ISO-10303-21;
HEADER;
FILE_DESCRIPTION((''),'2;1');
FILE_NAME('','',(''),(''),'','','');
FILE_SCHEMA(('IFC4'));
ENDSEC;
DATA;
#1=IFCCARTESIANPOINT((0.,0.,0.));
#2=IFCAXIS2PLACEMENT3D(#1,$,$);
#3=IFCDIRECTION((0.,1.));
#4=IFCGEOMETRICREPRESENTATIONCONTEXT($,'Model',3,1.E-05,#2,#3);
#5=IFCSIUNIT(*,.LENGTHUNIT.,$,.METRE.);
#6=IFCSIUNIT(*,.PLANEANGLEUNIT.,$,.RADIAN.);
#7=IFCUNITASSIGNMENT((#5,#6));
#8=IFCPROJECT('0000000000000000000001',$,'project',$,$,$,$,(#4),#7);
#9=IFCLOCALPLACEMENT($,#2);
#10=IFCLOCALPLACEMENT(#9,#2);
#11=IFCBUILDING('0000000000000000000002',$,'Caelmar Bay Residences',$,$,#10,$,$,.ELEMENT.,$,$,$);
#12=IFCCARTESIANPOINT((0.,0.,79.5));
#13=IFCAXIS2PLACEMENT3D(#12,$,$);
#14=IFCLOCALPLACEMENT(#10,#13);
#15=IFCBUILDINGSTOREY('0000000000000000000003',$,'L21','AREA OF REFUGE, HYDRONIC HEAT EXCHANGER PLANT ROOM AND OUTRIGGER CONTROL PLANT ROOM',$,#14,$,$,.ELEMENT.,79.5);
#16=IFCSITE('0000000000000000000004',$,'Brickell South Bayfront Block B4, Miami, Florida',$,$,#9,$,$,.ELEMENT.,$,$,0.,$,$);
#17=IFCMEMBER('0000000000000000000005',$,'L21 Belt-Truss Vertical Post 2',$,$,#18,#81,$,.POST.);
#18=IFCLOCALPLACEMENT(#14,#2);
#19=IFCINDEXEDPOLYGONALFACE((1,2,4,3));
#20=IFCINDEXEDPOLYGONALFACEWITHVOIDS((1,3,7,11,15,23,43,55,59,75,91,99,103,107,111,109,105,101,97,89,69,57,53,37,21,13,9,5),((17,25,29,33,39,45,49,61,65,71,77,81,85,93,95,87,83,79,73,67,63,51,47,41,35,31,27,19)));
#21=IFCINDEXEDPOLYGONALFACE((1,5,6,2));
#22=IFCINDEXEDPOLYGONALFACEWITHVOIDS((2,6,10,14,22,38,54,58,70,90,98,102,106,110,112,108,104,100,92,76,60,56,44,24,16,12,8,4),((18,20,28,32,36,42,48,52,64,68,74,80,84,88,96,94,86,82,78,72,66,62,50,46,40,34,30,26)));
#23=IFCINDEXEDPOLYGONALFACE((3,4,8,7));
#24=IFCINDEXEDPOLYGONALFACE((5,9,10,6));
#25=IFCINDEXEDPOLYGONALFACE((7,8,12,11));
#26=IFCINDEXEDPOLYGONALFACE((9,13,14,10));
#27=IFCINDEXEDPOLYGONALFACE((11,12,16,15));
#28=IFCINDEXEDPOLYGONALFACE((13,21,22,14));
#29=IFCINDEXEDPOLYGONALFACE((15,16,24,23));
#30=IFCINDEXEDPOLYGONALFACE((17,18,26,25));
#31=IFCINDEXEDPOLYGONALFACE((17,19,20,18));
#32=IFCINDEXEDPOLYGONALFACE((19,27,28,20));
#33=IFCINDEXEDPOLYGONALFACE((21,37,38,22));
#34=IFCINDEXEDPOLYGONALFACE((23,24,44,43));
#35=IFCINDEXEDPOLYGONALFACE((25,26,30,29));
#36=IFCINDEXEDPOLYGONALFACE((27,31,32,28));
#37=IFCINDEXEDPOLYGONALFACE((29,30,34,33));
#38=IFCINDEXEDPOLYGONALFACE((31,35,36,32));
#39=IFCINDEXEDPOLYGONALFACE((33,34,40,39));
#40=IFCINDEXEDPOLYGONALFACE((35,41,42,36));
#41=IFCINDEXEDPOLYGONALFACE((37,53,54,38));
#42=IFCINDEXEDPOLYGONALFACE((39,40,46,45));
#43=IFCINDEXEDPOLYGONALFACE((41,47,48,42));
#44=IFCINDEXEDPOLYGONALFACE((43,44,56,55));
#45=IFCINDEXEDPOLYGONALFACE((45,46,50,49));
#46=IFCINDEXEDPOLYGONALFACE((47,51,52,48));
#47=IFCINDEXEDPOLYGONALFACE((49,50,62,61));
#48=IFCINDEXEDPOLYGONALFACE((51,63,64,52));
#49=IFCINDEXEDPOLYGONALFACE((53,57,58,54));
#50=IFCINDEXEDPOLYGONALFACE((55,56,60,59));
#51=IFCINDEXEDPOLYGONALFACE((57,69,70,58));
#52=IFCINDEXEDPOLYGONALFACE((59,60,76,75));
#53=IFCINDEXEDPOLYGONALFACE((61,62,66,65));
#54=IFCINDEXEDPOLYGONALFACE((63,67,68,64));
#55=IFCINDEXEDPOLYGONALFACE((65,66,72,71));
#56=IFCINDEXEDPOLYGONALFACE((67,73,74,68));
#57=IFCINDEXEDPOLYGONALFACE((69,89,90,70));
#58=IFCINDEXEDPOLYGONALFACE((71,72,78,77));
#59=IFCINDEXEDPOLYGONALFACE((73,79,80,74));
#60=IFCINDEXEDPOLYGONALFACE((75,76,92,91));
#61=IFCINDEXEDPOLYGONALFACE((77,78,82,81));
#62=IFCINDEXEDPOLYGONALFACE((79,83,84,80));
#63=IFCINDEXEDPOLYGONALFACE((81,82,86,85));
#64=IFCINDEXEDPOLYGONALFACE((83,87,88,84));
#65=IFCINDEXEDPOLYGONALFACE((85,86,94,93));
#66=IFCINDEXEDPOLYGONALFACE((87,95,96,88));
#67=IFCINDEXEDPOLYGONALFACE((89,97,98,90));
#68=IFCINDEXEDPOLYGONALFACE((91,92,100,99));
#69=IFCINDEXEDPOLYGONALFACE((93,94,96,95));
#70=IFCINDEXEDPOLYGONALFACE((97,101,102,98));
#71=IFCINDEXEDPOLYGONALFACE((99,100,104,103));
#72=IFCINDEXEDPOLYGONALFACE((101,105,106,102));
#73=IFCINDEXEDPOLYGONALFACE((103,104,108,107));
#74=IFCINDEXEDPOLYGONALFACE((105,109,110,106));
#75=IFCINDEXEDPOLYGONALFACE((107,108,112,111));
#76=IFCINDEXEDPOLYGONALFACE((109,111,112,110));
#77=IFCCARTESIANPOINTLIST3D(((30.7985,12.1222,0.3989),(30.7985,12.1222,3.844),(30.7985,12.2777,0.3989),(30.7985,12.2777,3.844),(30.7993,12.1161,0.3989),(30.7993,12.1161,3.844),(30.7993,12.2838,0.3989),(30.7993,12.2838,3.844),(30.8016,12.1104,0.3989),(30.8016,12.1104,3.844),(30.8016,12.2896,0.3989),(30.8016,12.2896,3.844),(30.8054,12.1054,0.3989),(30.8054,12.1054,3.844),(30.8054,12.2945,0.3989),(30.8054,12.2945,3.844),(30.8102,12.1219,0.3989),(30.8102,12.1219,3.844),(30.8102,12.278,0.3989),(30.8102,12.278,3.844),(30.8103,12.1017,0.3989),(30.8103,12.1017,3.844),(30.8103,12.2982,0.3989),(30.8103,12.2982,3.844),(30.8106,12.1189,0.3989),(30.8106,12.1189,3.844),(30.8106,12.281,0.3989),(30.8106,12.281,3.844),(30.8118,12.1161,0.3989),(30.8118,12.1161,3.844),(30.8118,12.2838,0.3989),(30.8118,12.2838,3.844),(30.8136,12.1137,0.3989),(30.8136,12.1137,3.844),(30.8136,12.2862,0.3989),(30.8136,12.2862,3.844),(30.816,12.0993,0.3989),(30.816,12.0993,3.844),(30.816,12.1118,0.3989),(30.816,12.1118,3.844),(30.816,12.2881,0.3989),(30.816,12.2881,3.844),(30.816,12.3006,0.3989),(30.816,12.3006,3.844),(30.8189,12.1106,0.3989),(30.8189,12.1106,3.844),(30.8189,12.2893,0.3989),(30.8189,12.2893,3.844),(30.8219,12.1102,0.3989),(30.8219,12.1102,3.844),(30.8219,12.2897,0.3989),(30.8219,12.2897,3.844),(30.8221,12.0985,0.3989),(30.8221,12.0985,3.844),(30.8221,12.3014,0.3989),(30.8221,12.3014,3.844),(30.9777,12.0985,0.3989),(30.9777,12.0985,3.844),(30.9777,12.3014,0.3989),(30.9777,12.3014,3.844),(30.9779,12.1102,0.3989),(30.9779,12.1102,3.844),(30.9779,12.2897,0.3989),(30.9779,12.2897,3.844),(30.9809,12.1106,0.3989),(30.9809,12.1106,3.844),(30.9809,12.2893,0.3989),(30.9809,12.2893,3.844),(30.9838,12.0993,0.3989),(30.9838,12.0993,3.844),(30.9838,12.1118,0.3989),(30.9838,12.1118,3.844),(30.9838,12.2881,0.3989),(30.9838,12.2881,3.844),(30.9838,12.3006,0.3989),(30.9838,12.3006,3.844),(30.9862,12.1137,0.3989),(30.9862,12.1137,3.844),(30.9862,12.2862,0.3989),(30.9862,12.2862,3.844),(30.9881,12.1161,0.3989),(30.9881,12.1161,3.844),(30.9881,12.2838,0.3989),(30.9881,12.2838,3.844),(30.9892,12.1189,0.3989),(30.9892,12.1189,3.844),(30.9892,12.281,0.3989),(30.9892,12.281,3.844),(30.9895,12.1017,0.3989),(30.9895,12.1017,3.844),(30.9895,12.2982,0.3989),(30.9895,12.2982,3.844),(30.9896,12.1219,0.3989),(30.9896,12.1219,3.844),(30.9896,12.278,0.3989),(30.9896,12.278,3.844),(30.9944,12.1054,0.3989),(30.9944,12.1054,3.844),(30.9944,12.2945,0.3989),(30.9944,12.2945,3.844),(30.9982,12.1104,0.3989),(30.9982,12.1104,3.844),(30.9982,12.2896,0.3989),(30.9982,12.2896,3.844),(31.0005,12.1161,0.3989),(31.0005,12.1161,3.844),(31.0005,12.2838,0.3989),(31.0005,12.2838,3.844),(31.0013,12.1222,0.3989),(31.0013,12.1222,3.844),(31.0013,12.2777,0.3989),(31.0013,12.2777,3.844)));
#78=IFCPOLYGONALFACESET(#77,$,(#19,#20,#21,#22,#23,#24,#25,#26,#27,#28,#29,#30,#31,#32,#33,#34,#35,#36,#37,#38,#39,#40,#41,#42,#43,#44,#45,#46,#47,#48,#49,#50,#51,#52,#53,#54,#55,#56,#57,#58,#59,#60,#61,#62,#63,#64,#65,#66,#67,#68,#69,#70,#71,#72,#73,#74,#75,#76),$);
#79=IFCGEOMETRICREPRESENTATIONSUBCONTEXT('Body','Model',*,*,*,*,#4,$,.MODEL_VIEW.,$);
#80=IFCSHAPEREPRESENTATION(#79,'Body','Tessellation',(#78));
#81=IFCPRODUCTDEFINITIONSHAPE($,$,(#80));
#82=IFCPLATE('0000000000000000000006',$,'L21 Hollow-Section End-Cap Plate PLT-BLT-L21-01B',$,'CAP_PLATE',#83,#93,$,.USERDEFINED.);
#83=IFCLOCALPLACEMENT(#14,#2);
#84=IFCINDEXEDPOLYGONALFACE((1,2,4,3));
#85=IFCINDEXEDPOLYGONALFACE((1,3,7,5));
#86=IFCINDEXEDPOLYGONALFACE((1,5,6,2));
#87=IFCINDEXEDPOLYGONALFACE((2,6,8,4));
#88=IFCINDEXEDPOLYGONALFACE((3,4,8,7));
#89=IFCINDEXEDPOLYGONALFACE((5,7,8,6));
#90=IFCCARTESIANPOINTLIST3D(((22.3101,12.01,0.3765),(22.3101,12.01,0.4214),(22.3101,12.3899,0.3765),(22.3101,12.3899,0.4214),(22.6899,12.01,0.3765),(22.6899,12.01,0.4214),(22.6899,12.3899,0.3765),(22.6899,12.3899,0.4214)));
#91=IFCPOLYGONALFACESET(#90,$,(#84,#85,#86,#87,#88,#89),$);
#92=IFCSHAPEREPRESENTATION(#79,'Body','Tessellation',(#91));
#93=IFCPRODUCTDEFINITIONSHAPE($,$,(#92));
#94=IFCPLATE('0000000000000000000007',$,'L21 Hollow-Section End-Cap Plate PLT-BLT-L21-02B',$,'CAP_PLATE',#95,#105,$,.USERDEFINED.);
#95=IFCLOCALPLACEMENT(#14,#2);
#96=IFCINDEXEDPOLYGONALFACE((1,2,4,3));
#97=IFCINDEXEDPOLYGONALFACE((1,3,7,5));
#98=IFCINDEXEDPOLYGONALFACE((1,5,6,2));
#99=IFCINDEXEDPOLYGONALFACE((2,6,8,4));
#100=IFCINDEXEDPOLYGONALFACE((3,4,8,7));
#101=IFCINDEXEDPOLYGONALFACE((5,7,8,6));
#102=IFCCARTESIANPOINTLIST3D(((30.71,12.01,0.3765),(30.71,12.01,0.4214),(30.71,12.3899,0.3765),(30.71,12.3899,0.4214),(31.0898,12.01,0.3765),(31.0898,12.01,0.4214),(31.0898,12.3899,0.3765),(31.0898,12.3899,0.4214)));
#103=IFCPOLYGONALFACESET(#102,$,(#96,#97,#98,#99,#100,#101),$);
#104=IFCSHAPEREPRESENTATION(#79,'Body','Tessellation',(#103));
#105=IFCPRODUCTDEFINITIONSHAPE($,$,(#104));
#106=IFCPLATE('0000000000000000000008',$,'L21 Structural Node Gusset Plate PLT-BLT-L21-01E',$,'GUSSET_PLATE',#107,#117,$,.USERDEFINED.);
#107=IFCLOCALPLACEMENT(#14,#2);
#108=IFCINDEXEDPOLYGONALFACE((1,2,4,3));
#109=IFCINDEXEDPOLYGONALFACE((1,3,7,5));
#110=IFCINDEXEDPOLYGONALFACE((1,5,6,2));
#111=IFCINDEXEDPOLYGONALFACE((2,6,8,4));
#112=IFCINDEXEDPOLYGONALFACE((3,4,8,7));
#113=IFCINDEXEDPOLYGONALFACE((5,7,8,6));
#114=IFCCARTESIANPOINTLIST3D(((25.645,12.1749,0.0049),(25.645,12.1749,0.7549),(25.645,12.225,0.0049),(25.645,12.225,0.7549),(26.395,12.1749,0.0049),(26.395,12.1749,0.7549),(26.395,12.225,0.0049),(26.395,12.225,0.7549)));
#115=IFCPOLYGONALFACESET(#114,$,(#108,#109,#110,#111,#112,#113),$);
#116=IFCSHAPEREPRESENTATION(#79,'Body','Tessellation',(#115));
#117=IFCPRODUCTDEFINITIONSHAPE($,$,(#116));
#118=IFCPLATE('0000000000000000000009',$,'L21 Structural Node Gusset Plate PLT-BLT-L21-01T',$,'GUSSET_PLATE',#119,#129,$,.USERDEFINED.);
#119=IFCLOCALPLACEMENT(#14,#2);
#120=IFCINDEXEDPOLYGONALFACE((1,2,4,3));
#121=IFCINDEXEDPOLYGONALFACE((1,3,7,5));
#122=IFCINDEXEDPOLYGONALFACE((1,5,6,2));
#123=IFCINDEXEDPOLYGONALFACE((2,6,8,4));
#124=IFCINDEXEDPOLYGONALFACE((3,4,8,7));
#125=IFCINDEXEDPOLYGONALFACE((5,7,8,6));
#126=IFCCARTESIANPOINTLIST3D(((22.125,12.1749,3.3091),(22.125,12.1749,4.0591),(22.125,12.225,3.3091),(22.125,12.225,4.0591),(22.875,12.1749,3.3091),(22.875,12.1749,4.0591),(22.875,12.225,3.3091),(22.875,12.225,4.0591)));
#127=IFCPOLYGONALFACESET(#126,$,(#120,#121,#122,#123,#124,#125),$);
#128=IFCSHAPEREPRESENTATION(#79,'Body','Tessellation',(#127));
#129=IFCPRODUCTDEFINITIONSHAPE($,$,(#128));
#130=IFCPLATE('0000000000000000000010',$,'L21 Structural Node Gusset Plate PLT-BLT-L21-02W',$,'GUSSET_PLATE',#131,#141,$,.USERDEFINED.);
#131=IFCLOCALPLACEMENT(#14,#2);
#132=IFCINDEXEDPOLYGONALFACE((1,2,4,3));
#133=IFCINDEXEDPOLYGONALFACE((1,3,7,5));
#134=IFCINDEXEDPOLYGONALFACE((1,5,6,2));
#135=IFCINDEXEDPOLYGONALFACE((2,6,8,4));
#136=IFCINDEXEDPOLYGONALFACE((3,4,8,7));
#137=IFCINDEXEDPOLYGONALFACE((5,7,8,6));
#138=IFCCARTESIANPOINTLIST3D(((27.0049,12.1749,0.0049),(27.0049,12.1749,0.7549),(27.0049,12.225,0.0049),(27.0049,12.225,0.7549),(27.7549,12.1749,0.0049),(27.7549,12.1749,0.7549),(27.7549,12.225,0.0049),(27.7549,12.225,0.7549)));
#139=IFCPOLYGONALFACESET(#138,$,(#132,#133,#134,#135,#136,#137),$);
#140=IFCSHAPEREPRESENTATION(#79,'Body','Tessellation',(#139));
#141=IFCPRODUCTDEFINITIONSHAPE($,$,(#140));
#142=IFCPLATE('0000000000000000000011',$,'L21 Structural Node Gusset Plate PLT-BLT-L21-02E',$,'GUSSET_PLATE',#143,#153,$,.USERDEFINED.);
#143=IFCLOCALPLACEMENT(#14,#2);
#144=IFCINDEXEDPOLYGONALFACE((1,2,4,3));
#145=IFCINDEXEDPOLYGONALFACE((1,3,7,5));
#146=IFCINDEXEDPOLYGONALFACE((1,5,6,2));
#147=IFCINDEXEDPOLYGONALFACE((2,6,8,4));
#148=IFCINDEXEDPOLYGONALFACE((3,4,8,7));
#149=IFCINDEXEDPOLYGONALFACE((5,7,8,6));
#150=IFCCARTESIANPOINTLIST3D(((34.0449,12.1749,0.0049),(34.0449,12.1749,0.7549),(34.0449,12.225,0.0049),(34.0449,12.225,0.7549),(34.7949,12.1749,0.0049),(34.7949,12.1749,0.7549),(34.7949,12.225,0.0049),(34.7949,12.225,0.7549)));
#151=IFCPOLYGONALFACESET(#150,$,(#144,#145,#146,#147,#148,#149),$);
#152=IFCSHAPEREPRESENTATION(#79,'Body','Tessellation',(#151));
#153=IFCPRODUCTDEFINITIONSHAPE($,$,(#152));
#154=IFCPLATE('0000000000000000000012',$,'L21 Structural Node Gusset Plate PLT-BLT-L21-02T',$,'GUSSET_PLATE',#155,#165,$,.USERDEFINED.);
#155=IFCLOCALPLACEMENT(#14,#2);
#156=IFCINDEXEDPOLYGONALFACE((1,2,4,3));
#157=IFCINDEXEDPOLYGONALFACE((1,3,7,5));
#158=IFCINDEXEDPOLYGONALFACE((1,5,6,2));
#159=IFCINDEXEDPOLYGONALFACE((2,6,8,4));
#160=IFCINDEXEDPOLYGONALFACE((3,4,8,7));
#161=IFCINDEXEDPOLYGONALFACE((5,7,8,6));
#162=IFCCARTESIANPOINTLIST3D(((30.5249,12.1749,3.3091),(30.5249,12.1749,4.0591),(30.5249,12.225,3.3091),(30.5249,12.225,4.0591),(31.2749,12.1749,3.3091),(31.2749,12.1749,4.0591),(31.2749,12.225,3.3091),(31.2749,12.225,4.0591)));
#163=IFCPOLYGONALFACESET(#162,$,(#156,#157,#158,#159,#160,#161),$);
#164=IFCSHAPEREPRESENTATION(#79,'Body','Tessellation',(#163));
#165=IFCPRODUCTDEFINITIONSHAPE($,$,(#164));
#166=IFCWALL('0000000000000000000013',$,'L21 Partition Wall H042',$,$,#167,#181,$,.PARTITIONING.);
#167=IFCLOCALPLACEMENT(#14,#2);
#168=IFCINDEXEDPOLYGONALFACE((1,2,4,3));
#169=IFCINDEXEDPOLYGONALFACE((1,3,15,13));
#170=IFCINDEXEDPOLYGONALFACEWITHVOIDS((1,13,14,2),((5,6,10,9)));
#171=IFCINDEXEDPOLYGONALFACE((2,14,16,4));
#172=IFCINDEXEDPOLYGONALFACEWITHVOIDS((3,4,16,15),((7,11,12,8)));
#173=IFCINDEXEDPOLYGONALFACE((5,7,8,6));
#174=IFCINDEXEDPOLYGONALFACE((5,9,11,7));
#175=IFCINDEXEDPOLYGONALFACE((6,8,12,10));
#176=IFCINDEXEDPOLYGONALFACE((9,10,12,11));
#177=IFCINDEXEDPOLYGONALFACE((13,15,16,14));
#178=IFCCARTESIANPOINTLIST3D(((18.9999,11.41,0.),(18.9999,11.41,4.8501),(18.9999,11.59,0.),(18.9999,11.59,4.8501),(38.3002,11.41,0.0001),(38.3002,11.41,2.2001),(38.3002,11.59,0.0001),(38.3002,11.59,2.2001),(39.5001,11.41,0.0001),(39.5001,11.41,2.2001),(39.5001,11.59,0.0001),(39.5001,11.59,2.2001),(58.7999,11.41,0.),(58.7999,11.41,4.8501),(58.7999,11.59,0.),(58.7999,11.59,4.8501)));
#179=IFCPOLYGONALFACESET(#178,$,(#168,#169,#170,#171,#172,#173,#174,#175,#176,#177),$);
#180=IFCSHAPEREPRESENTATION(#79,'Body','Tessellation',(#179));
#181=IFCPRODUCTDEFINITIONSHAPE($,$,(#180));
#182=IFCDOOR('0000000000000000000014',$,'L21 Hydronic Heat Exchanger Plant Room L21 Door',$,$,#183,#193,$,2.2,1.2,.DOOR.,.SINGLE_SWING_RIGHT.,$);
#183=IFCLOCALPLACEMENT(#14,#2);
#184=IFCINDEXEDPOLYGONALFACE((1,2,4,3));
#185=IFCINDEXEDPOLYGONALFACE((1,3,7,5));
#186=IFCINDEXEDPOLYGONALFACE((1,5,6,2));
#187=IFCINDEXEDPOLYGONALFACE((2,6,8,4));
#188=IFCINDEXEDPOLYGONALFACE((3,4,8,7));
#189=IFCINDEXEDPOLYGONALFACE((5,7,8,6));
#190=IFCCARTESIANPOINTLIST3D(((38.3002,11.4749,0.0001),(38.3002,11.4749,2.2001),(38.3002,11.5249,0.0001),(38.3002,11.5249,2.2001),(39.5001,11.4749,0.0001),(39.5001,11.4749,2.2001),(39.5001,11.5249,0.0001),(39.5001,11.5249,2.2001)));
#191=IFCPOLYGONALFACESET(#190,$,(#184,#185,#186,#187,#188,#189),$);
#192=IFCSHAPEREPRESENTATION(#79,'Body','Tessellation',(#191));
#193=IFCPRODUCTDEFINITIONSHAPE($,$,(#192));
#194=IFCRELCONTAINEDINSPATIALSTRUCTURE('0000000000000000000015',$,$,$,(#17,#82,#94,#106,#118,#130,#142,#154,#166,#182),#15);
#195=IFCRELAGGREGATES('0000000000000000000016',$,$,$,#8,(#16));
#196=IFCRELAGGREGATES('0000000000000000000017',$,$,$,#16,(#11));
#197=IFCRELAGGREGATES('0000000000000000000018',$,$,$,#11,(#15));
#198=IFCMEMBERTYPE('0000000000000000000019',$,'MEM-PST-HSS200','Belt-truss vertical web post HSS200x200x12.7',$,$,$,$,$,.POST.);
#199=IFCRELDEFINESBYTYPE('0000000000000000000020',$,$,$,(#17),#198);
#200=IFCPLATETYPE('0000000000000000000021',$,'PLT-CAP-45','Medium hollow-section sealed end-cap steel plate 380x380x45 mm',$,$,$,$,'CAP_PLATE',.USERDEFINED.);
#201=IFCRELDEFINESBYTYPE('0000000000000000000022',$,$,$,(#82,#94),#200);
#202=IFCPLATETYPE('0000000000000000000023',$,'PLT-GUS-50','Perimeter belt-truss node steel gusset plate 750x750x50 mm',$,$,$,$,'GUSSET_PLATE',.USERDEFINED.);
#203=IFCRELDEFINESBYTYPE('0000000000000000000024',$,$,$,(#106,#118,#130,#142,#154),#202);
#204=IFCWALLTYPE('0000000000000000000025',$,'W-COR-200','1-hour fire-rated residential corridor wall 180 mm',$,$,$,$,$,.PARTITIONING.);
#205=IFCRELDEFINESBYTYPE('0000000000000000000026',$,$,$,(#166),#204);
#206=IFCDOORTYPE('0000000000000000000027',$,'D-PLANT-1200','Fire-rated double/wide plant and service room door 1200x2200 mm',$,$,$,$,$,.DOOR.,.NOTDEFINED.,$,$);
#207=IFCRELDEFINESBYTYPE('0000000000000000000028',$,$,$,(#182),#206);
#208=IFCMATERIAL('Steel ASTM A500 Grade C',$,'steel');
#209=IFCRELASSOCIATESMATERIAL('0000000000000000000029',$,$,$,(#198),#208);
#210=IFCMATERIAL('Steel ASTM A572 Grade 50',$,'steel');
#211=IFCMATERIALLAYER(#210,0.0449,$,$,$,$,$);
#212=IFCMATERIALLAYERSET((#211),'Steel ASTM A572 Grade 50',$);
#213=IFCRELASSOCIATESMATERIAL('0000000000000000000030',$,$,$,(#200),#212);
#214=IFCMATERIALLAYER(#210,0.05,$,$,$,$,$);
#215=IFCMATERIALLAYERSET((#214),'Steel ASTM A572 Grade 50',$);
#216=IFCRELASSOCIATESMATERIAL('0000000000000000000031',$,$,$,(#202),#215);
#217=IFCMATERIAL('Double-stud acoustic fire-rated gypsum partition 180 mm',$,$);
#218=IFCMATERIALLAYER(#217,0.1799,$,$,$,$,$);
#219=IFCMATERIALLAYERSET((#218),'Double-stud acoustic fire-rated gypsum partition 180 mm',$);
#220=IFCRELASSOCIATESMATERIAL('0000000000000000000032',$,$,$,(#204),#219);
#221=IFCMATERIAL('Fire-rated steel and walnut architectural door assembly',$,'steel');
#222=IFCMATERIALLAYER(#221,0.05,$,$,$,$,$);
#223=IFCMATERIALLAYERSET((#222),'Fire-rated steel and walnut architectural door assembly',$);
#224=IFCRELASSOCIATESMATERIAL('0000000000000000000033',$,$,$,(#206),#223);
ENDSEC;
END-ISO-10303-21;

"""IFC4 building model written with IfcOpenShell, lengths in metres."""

from ifc_helpers import new_model, si_unit, direction, frame, frame_2d, origin, origin_2d, place, context, subcontext, project, spatial, rectangle, hollow_rectangle, extrude, material, layer, layer_set, material_profile, profile_set, type_object, element, fill, save


model = new_model("IFC4")

# Units and contexts
model_context = context("Model", 3, precision=1e-05, world=origin(), true_north=direction((0.0, 1.0)))
body_context = subcontext(model_context, "Body", "Model", "MODEL_VIEW")
ifc_project = project(units=[si_unit("LENGTHUNIT", "METRE"), si_unit("PLANEANGLEUNIT", "RADIAN")], contexts=[model_context])

# Site, building, storey
site_placement = place(None, origin())
site = spatial("IfcSite", under=ifc_project, at=site_placement, Name="Brickell South Bayfront Block B4, Miami, Florida", CompositionType="ELEMENT", RefElevation=0.0)
building_placement = place(site_placement, origin())
building = spatial("IfcBuilding", under=site, at=building_placement, Name="Caelmar Bay Residences", CompositionType="ELEMENT")
storey_placement = place(building_placement, frame((0.0, 0.0, 79.5)))
storey = spatial("IfcBuildingStorey", under=building, at=storey_placement, Name="L21", Description="AREA OF REFUGE, HYDRONIC HEAT EXCHANGER PLANT ROOM AND OUTRIGGER CONTROL PLANT ROOM", CompositionType="ELEMENT", Elevation=79.5)

# Member
ifc_material_1 = material(Name="Steel ASTM A500 Grade C", Category="steel")
ifc_material_profile_1 = material_profile(ifc_material_1, hollow_rectangle(XDim=0.2029, YDim=0.2029, WallThickness=0.0117, InnerFilletRadius=0.0117, OuterFilletRadius=0.0237, at=origin_2d()), Name="HSS200X200X12.7")
ifc_profile_set_1 = profile_set([ifc_material_profile_1], Name="Steel ASTM A500 Grade C")
member_type_1 = type_object("IfcMemberType", Name="MEM-PST-HSS200", Description="Belt-truss vertical web post HSS200x200x12.7", PredefinedType="POST", material=ifc_profile_set_1)
for number, where, z_axis, x_axis, name in (
    (1, (30.8999, 12.2, 0.3989), (0.0, 0.0, 1.0), (1.0, 0.0, 0.0), "L21 Belt-Truss Vertical Post 2"),
):
    element("IfcMember", number, at=place(storey_placement, frame(where, z_axis=z_axis, x_axis=x_axis)), inside=storey, type_object=member_type_1, Name=name, PredefinedType="POST", context=body_context, shape_type="SweptSolid", body=[
        extrude(hollow_rectangle(XDim=0.2029, YDim=0.2029, WallThickness=0.0117, InnerFilletRadius=0.0117, OuterFilletRadius=0.0237, at=origin_2d()), origin(), (0.0, 0.0, 1.0), 3.4451),
    ])

# Plates
ifc_material_2 = material(Name="Steel ASTM A572 Grade 50", Category="steel")
ifc_layer_1 = layer(ifc_material_2, 0.0449)
ifc_layer_set_1 = layer_set([ifc_layer_1], Name="Steel ASTM A572 Grade 50")
plate_type_1 = type_object("IfcPlateType", Name="PLT-CAP-45", Description="Medium hollow-section sealed end-cap steel plate 380x380x45 mm", ElementType="CAP_PLATE", PredefinedType="USERDEFINED", material=ifc_layer_set_1)
for number, where, z_axis, x_axis, name in (
    (2, (22.5, 12.2, 0.3765), (0.0, 0.0, 1.0), (1.0, 0.0, 0.0), "L21 Hollow-Section End-Cap Plate PLT-BLT-L21-01B"),
    (3, (30.8999, 12.2, 0.3765), (0.0, 0.0, 1.0), (1.0, 0.0, 0.0), "L21 Hollow-Section End-Cap Plate PLT-BLT-L21-02B"),
):
    element("IfcPlate", number, at=place(storey_placement, frame(where, z_axis=z_axis, x_axis=x_axis)), inside=storey, type_object=plate_type_1, Name=name, ObjectType="CAP_PLATE", PredefinedType="USERDEFINED", context=body_context, shape_type="SweptSolid", body=[
        extrude(rectangle(XDim=0.3799, YDim=0.3799, at=origin_2d()), origin(), (0.0, 0.0, 1.0), 0.0449),
    ])
ifc_layer_2 = layer(ifc_material_2, 0.05)
ifc_layer_set_2 = layer_set([ifc_layer_2], Name="Steel ASTM A572 Grade 50")
plate_type_2 = type_object("IfcPlateType", Name="PLT-GUS-50", Description="Perimeter belt-truss node steel gusset plate 750x750x50 mm", ElementType="GUSSET_PLATE", PredefinedType="USERDEFINED", material=ifc_layer_set_2)
for number, where, z_axis, x_axis, name in (
    (4, (26.02, 12.2, 0.0049), (0.0, 0.0, 1.0), (1.0, 0.0, 0.0), "L21 Structural Node Gusset Plate PLT-BLT-L21-01E"),
    (5, (22.5, 12.2, 3.3091), (0.0, 0.0, 1.0), (1.0, 0.0, 0.0), "L21 Structural Node Gusset Plate PLT-BLT-L21-01T"),
    (6, (27.3799, 12.2, 0.0049), (0.0, 0.0, 1.0), (1.0, 0.0, 0.0), "L21 Structural Node Gusset Plate PLT-BLT-L21-02W"),
    (7, (34.4199, 12.2, 0.0049), (0.0, 0.0, 1.0), (1.0, 0.0, 0.0), "L21 Structural Node Gusset Plate PLT-BLT-L21-02E"),
    (8, (30.8999, 12.2, 3.3091), (0.0, 0.0, 1.0), (1.0, 0.0, 0.0), "L21 Structural Node Gusset Plate PLT-BLT-L21-02T"),
):
    element("IfcPlate", number, at=place(storey_placement, frame(where, z_axis=z_axis, x_axis=x_axis)), inside=storey, type_object=plate_type_2, Name=name, ObjectType="GUSSET_PLATE", PredefinedType="USERDEFINED", context=body_context, shape_type="SweptSolid", body=[
        extrude(rectangle(XDim=0.75, YDim=0.05, at=origin_2d()), origin(), (0.0, 0.0, 1.0), 0.75),
    ])

# Wall, opening, door
ifc_material_3 = material(Name="Double-stud acoustic fire-rated gypsum partition 180 mm")
ifc_layer_3 = layer(ifc_material_3, 0.1799)
ifc_layer_set_3 = layer_set([ifc_layer_3], Name="Double-stud acoustic fire-rated gypsum partition 180 mm")
wall_type_1 = type_object("IfcWallType", Name="W-COR-200", Description="1-hour fire-rated residential corridor wall 180 mm", PredefinedType="PARTITIONING", material=ifc_layer_set_3)
wall_1_placement = place(storey_placement, frame((19.0, 11.5, 0.0), z_axis=(0.0, 0.0, 1.0), x_axis=(1.0, 0.0, 0.0)))
wall_1 = element("IfcWall", 9, at=wall_1_placement, inside=storey, type_object=wall_type_1, Name="L21 Partition Wall H042", PredefinedType="PARTITIONING", context=body_context, shape_type="SweptSolid", body=[
    extrude(rectangle(XDim=39.8, YDim=0.1799, at=frame_2d((19.8999, 0.0))), origin(), (0.0, 0.0, 1.0), 4.8501),
])
opening_1_placement = place(wall_1_placement, frame((19.3, 0.0, 0.0)))
opening_1 = element("IfcOpeningElement", 10, at=opening_1_placement, cuts=wall_1, PredefinedType="OPENING", context=body_context, shape_type="SweptSolid", body=[
    extrude(rectangle(XDim=1.2, YDim=2.2, at=frame_2d((0.6001, 1.1001))), frame((0.0, 0.0999, 0.0), z_axis=(0.0, -1.0, 0.0), x_axis=(1.0, 0.0, 0.0)), (0.0, 0.0, 1.0), 0.2),
])
ifc_material_4 = material(Name="Fire-rated steel and walnut architectural door assembly", Category="steel")
ifc_layer_4 = layer(ifc_material_4, 0.05)
ifc_layer_set_4 = layer_set([ifc_layer_4], Name="Fire-rated steel and walnut architectural door assembly")
door_type = type_object("IfcDoorType", Name="D-PLANT-1200", Description="Fire-rated double/wide plant and service room door 1200x2200 mm", OperationType="NOTDEFINED", PredefinedType="DOOR", material=ifc_layer_set_4)
door_1_placement = place(opening_1_placement, origin())
door_1 = element("IfcDoor", 11, at=door_1_placement, inside=storey, type_object=door_type, Name="L21 Hydronic Heat Exchanger Plant Room L21 Door", OperationType="SINGLE_SWING_RIGHT", OverallHeight=2.2, OverallWidth=1.2, PredefinedType="DOOR", context=body_context, shape_type="SweptSolid", body=[
    extrude(rectangle(XDim=1.2, YDim=2.2, at=frame_2d((0.6001, 1.1001))), frame((0.0, 0.0249, 0.0), z_axis=(0.0, -1.0, 0.0), x_axis=(1.0, 0.0, 0.0)), (0.0, 0.0, 1.0), 0.05),
])
fill(opening_1, door_1)

save(model, "model.ifc")
